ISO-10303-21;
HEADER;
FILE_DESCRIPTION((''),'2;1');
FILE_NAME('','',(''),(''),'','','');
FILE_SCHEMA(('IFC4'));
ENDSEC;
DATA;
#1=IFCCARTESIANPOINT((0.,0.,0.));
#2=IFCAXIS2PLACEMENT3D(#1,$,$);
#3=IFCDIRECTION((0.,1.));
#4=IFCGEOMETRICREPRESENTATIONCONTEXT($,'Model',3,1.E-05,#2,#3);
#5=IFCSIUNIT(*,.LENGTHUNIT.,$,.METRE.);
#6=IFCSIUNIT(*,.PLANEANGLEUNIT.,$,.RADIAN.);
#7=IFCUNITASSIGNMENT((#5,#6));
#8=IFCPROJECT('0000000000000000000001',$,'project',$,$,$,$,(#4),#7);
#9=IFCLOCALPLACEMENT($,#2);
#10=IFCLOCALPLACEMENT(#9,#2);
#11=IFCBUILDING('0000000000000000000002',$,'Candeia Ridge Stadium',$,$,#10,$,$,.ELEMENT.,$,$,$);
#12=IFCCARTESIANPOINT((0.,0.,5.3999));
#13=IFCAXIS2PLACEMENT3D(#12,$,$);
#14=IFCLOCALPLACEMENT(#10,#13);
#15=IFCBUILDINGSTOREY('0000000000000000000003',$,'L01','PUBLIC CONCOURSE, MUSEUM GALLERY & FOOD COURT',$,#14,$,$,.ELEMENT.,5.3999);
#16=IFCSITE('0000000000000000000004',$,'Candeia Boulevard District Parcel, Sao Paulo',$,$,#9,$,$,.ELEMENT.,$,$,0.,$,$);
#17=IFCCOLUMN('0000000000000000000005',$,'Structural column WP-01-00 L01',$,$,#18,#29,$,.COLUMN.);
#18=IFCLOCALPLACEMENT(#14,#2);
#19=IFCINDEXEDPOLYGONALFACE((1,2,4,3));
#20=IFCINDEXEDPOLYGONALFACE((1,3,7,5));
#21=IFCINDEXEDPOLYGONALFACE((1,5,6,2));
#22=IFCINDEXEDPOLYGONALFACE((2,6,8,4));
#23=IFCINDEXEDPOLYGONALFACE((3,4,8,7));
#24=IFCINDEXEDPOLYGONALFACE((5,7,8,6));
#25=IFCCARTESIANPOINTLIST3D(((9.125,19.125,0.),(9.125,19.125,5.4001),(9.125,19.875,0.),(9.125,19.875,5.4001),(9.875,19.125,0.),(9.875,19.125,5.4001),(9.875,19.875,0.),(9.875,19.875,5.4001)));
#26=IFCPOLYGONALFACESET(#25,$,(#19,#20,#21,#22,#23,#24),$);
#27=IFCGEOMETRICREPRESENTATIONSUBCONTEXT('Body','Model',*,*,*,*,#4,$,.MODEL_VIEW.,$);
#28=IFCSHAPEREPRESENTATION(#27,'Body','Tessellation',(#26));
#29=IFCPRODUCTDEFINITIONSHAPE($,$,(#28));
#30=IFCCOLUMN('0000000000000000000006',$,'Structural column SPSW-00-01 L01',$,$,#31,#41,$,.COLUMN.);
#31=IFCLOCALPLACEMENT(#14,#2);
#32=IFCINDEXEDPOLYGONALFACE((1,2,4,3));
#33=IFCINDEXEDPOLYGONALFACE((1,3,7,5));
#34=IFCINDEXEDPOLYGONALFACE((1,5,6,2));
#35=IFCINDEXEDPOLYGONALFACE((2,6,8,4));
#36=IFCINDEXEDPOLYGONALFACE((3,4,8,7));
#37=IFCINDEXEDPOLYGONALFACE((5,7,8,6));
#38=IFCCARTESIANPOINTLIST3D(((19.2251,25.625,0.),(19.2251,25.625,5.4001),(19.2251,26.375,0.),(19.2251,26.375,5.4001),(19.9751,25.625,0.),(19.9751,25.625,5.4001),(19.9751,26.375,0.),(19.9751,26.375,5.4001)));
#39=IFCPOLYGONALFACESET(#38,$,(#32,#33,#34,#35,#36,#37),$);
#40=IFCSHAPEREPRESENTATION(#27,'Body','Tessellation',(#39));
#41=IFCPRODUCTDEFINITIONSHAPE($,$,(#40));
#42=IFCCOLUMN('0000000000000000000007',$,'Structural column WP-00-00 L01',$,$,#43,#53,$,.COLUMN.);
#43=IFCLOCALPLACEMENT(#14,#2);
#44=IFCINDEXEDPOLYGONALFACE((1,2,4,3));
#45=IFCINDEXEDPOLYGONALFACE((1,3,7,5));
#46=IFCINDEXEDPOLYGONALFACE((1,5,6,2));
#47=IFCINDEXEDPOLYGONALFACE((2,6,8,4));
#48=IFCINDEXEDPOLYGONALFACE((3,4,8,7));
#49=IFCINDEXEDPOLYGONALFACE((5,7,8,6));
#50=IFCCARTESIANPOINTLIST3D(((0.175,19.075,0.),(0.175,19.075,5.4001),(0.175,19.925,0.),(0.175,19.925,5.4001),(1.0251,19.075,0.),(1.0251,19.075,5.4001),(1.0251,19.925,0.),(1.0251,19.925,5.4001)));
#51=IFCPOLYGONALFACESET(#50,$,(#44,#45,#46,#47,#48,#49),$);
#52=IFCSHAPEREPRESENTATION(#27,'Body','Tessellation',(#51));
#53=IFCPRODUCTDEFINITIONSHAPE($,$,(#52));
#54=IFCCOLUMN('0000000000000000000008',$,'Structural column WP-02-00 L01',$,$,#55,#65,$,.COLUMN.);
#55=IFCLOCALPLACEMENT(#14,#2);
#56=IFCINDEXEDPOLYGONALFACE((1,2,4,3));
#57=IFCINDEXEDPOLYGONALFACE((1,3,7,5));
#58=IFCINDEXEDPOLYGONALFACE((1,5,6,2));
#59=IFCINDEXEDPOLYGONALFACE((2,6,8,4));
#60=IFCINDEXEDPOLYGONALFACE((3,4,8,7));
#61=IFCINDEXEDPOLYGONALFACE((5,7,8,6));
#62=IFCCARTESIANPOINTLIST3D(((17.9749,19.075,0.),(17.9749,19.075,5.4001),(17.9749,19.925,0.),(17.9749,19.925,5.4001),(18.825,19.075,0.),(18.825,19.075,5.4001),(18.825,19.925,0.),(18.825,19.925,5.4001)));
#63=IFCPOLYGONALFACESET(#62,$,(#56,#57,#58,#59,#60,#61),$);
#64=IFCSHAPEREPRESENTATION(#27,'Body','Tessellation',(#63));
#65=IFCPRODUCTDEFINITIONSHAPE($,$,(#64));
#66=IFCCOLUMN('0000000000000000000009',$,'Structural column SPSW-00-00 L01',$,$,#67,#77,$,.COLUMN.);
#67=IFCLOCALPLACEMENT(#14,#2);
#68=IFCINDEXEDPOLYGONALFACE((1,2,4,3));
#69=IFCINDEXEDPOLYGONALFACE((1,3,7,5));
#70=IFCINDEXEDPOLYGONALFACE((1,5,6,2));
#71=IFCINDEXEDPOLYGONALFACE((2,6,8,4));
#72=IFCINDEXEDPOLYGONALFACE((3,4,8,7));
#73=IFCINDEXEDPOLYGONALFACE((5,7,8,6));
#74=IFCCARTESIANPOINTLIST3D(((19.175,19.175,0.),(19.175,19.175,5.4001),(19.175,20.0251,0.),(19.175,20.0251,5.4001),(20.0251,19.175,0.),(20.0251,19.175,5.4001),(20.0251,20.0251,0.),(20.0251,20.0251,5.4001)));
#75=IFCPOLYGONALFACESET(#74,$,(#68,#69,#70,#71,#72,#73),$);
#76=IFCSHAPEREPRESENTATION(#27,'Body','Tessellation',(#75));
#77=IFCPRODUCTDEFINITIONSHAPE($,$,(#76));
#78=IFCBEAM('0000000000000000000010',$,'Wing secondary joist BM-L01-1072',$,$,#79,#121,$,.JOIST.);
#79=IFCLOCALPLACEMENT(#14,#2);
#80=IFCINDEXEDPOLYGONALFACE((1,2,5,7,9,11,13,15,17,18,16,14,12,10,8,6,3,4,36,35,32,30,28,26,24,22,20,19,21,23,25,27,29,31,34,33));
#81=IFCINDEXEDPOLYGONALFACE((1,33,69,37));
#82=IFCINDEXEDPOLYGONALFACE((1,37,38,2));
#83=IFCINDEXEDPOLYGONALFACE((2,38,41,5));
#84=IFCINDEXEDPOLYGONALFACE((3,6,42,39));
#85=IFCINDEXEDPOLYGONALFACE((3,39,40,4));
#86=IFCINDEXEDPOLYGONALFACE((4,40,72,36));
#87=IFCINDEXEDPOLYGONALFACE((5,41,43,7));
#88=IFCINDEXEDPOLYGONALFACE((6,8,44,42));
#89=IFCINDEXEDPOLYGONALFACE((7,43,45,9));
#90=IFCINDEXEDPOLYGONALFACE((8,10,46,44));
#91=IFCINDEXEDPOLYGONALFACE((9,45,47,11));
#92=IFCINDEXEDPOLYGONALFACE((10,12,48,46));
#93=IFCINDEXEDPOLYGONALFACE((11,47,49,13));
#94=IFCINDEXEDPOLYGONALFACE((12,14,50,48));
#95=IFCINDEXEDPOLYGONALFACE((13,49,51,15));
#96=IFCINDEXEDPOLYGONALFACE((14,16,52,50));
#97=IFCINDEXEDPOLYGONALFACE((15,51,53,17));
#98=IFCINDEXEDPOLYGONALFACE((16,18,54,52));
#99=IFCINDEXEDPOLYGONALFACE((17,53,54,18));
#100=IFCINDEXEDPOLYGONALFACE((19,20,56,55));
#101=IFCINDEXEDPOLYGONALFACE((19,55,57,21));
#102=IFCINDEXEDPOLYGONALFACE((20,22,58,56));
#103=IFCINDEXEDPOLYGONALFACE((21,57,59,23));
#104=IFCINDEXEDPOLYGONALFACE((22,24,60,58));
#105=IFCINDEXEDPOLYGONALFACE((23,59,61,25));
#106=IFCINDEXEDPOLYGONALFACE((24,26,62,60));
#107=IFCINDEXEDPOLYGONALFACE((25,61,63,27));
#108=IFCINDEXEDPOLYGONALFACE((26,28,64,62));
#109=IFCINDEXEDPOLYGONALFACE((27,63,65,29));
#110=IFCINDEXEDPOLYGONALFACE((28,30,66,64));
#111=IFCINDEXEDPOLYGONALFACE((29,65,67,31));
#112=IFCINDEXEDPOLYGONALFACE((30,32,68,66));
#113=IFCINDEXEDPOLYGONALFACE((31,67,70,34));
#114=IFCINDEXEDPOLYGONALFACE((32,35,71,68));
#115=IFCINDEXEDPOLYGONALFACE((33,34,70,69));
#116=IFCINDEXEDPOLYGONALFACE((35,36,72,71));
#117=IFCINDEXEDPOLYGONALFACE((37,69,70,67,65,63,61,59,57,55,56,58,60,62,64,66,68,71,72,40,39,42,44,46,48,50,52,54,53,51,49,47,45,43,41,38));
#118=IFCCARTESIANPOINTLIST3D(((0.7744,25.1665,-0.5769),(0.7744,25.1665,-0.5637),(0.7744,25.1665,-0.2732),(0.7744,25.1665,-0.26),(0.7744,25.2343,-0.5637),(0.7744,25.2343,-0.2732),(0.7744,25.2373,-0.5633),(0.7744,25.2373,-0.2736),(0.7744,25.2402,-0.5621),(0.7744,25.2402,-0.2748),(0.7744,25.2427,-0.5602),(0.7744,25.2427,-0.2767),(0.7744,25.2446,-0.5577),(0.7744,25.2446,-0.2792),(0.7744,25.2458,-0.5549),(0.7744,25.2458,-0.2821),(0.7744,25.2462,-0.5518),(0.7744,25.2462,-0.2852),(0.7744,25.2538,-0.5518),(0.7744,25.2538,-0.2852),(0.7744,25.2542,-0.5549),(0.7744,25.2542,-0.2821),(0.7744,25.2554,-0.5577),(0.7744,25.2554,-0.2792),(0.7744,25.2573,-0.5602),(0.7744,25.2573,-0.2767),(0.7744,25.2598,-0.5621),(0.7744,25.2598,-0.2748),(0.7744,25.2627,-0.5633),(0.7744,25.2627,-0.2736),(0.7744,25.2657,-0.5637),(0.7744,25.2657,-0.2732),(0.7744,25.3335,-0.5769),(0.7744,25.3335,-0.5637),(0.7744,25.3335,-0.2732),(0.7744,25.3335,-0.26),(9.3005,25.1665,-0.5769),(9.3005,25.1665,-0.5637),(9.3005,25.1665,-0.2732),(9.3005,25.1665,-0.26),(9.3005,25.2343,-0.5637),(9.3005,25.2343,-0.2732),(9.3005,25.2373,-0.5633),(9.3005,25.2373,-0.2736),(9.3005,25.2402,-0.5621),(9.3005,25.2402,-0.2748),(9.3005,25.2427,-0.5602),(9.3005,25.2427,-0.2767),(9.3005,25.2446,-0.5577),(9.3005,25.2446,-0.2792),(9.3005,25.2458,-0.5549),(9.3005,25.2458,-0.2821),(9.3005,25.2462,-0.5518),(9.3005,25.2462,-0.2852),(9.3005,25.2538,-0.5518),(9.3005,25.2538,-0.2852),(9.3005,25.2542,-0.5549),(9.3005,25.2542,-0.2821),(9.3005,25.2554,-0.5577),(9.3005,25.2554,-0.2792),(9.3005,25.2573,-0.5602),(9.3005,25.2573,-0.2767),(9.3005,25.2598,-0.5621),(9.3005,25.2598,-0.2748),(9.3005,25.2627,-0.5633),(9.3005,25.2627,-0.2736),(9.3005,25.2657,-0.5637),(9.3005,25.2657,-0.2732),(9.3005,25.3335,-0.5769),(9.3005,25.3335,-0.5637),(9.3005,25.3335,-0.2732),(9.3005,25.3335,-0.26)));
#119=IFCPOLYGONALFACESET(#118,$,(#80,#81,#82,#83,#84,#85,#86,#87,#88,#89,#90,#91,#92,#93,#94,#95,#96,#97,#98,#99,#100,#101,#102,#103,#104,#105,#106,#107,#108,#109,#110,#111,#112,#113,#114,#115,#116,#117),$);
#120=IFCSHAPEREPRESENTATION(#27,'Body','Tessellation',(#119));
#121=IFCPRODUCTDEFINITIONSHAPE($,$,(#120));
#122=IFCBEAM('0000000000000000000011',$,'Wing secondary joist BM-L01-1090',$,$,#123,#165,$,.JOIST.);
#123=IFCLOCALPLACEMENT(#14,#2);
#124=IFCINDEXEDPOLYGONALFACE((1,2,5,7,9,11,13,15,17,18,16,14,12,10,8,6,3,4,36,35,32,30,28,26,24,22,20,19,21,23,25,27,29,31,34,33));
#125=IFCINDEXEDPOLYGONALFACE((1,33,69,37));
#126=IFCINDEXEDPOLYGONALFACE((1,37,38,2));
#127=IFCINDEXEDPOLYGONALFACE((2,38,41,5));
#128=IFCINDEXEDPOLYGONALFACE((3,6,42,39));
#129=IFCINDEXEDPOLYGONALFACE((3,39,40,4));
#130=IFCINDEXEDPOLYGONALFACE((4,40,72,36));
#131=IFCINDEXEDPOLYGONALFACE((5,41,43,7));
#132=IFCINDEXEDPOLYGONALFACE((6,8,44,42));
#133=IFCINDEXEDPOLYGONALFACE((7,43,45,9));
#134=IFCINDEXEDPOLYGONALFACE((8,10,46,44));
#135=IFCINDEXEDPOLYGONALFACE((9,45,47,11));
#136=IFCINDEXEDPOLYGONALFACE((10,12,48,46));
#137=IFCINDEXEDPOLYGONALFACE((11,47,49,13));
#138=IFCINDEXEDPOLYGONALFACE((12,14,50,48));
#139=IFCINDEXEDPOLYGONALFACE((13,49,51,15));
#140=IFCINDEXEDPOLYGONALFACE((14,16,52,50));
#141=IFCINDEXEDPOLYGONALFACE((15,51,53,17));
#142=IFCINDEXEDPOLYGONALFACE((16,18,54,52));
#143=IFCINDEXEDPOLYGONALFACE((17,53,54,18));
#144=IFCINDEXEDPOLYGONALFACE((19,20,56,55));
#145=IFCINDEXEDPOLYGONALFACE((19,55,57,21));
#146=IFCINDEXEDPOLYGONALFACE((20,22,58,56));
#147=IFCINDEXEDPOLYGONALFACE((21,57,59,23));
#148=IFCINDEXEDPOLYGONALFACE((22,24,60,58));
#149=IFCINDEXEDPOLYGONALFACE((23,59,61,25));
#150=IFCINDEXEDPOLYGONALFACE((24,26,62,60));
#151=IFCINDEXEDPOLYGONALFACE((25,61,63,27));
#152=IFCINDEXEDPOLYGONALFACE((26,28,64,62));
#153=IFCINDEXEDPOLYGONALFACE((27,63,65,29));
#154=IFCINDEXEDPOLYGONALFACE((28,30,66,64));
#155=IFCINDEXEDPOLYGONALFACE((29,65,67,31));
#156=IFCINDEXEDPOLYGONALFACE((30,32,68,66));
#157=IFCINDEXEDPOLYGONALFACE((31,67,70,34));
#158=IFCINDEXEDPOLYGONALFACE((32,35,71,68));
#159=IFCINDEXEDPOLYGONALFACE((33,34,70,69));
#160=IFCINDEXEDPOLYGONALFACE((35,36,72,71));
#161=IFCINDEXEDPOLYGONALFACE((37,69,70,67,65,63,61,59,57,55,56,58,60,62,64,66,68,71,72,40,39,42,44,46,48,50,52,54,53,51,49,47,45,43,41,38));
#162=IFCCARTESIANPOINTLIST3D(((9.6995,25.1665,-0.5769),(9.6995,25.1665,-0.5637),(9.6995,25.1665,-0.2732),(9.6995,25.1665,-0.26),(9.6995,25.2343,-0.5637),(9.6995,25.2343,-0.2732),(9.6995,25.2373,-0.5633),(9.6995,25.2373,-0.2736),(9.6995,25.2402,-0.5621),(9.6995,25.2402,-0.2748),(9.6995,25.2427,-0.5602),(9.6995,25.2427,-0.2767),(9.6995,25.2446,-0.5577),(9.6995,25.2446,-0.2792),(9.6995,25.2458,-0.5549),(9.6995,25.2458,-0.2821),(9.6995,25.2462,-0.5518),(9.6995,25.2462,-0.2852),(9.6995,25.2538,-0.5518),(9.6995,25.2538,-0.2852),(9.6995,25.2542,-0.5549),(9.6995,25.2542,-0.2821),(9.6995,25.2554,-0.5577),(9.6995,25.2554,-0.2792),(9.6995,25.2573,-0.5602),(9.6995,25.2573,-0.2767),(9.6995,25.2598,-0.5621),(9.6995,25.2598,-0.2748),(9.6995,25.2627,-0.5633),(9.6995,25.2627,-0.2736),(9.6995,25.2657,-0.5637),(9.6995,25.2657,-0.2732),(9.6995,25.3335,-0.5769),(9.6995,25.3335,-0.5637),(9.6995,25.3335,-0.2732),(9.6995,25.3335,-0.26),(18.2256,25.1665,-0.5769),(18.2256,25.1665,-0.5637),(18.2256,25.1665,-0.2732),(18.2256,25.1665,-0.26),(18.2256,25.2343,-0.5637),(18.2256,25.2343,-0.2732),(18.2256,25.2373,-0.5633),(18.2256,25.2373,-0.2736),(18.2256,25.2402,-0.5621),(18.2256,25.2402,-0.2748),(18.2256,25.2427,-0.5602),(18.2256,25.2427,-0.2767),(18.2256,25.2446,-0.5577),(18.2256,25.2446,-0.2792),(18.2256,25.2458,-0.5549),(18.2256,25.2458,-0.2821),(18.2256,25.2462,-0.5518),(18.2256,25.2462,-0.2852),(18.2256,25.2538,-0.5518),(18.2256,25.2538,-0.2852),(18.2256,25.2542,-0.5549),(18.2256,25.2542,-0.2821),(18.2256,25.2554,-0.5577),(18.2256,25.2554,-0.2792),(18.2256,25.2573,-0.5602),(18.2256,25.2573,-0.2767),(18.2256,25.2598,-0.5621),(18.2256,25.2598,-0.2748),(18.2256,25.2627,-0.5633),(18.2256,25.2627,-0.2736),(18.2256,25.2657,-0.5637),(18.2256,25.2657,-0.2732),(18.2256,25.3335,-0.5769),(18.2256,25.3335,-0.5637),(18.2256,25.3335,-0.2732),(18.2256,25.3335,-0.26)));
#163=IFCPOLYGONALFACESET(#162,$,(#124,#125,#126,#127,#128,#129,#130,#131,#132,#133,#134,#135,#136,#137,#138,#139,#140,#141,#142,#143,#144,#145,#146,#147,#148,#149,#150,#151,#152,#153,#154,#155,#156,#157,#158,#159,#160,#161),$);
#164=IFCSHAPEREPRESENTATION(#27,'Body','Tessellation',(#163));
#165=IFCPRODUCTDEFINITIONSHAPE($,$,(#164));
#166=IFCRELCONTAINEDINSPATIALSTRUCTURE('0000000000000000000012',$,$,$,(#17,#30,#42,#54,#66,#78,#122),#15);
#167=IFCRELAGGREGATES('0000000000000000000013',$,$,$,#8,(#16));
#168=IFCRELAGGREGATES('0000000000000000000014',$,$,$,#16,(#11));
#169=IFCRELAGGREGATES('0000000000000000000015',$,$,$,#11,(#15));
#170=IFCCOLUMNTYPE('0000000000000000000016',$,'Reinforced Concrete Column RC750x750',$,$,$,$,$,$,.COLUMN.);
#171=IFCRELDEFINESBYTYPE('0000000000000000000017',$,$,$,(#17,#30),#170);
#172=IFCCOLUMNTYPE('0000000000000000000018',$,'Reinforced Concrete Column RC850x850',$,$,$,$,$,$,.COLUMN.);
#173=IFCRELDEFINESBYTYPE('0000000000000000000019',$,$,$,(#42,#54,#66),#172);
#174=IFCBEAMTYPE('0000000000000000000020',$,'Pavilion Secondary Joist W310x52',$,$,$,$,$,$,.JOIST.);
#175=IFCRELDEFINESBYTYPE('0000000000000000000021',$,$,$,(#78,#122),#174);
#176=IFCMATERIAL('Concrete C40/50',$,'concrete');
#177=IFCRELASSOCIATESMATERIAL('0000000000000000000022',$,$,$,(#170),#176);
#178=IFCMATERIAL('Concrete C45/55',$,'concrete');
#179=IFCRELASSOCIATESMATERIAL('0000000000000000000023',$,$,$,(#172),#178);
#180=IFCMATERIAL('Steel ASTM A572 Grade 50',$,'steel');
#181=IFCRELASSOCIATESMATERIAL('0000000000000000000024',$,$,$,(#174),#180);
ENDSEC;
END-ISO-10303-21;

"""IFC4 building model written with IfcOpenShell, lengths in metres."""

from ifc_helpers import new_model, si_unit, direction, frame, origin, origin_2d, place, context, subcontext, project, spatial, rectangle, i_section, extrude, material, material_profile, profile_set, type_object, element, save


model = new_model("IFC4")

# Units and contexts
model_context = context("Model", 3, precision=1e-05, world=origin(), true_north=direction((0.0, 1.0)))
body_context = subcontext(model_context, "Body", "Model", "MODEL_VIEW")
ifc_project = project(units=[si_unit("LENGTHUNIT", "METRE"), si_unit("PLANEANGLEUNIT", "RADIAN")], contexts=[model_context])

# Site, building, storey
site_placement = place(None, origin())
site = spatial("IfcSite", under=ifc_project, at=site_placement, Name="Candeia Boulevard District Parcel, Sao Paulo", CompositionType="ELEMENT", RefElevation=0.0)
building_placement = place(site_placement, origin())
building = spatial("IfcBuilding", under=site, at=building_placement, Name="Candeia Ridge Stadium", CompositionType="ELEMENT")
storey_placement = place(building_placement, frame((0.0, 0.0, 5.3999)))
storey = spatial("IfcBuildingStorey", under=building, at=storey_placement, Name="L01", Description="PUBLIC CONCOURSE, MUSEUM GALLERY & FOOD COURT", CompositionType="ELEMENT", Elevation=5.3999)

# Columns
ifc_material_1 = material(Name="Concrete C40/50", Category="concrete")
ifc_material_profile_1 = material_profile(ifc_material_1, rectangle(XDim=0.75, YDim=0.75, at=origin_2d()), Name="RC750x750", Category="concrete")
ifc_profile_set_1 = profile_set([ifc_material_profile_1], Name="Concrete C40/50")
column_type_1 = type_object("IfcColumnType", Name="Reinforced Concrete Column RC750x750", PredefinedType="COLUMN", material=ifc_profile_set_1)
for number, where, z_axis, x_axis, name in (
    (1, (9.5, 19.5, 0.0), (0.0, 0.0, 1.0), (1.0, 0.0, 0.0), "Structural column WP-01-00 L01"),
    (2, (19.6001, 26.0, 0.0), (0.0, 0.0, 1.0), (1.0, 0.0, 0.0), "Structural column SPSW-00-01 L01"),
):
    element("IfcColumn", number, at=place(storey_placement, frame(where, z_axis=z_axis, x_axis=x_axis)), inside=storey, type_object=column_type_1, Name=name, PredefinedType="COLUMN", context=body_context, shape_type="SweptSolid", body=[
        extrude(rectangle(XDim=0.75, YDim=0.75, at=origin_2d()), origin(), (0.0, 0.0, 1.0), 5.4001),
    ])
ifc_material_2 = material(Name="Concrete C45/55", Category="concrete")
ifc_material_profile_2 = material_profile(ifc_material_2, rectangle(XDim=0.8501, YDim=0.8501, at=origin_2d()), Name="RC850x850", Category="concrete")
ifc_profile_set_2 = profile_set([ifc_material_profile_2], Name="Concrete C45/55")
column_type_2 = type_object("IfcColumnType", Name="Reinforced Concrete Column RC850x850", PredefinedType="COLUMN", material=ifc_profile_set_2)
for number, where, z_axis, x_axis, name in (
    (3, (0.6001, 19.5, 0.0), (0.0, 0.0, 1.0), (1.0, 0.0, 0.0), "Structural column WP-00-00 L01"),
    (4, (18.3999, 19.5, 0.0), (0.0, 0.0, 1.0), (1.0, 0.0, 0.0), "Structural column WP-02-00 L01"),
    (5, (19.6001, 19.6001, 0.0), (0.0, 0.0, 1.0), (1.0, 0.0, 0.0), "Structural column SPSW-00-00 L01"),
):
    element("IfcColumn", number, at=place(storey_placement, frame(where, z_axis=z_axis, x_axis=x_axis)), inside=storey, type_object=column_type_2, Name=name, PredefinedType="COLUMN", context=body_context, shape_type="SweptSolid", body=[
        extrude(rectangle(XDim=0.8501, YDim=0.8501, at=origin_2d()), origin(), (0.0, 0.0, 1.0), 5.4001),
    ])

# Beams
ifc_material_3 = material(Name="Steel ASTM A572 Grade 50", Category="steel")
ifc_material_profile_3 = material_profile(ifc_material_3, i_section(OverallWidth=0.167, OverallDepth=0.3169, WebThickness=0.0076, FlangeThickness=0.0132, FilletRadius=0.012, at=origin_2d()), Name="W310x52", Category="steel")
ifc_profile_set_3 = profile_set([ifc_material_profile_3], Name="Steel ASTM A572 Grade 50")
beam_type_1 = type_object("IfcBeamType", Name="Pavilion Secondary Joist W310x52", PredefinedType="JOIST", material=ifc_profile_set_3)
for number, where, z_axis, x_axis, name in (
    (6, (0.7744, 25.25, -0.4185), (1.0, 0.0, 0.0), (0.0, 1.0, 0.0), "Wing secondary joist BM-L01-1072"),
    (7, (9.6995, 25.25, -0.4185), (1.0, 0.0, 0.0), (0.0, 1.0, 0.0), "Wing secondary joist BM-L01-1090"),
):
    element("IfcBeam", number, at=place(storey_placement, frame(where, z_axis=z_axis, x_axis=x_axis)), inside=storey, type_object=beam_type_1, Name=name, PredefinedType="JOIST", context=body_context, shape_type="SweptSolid", body=[
        extrude(i_section(OverallWidth=0.167, OverallDepth=0.3169, WebThickness=0.0076, FlangeThickness=0.0132, FilletRadius=0.012, at=origin_2d()), origin(), (0.0, 0.0, 1.0), 8.5261),
    ])

save(model, "model.ifc")
